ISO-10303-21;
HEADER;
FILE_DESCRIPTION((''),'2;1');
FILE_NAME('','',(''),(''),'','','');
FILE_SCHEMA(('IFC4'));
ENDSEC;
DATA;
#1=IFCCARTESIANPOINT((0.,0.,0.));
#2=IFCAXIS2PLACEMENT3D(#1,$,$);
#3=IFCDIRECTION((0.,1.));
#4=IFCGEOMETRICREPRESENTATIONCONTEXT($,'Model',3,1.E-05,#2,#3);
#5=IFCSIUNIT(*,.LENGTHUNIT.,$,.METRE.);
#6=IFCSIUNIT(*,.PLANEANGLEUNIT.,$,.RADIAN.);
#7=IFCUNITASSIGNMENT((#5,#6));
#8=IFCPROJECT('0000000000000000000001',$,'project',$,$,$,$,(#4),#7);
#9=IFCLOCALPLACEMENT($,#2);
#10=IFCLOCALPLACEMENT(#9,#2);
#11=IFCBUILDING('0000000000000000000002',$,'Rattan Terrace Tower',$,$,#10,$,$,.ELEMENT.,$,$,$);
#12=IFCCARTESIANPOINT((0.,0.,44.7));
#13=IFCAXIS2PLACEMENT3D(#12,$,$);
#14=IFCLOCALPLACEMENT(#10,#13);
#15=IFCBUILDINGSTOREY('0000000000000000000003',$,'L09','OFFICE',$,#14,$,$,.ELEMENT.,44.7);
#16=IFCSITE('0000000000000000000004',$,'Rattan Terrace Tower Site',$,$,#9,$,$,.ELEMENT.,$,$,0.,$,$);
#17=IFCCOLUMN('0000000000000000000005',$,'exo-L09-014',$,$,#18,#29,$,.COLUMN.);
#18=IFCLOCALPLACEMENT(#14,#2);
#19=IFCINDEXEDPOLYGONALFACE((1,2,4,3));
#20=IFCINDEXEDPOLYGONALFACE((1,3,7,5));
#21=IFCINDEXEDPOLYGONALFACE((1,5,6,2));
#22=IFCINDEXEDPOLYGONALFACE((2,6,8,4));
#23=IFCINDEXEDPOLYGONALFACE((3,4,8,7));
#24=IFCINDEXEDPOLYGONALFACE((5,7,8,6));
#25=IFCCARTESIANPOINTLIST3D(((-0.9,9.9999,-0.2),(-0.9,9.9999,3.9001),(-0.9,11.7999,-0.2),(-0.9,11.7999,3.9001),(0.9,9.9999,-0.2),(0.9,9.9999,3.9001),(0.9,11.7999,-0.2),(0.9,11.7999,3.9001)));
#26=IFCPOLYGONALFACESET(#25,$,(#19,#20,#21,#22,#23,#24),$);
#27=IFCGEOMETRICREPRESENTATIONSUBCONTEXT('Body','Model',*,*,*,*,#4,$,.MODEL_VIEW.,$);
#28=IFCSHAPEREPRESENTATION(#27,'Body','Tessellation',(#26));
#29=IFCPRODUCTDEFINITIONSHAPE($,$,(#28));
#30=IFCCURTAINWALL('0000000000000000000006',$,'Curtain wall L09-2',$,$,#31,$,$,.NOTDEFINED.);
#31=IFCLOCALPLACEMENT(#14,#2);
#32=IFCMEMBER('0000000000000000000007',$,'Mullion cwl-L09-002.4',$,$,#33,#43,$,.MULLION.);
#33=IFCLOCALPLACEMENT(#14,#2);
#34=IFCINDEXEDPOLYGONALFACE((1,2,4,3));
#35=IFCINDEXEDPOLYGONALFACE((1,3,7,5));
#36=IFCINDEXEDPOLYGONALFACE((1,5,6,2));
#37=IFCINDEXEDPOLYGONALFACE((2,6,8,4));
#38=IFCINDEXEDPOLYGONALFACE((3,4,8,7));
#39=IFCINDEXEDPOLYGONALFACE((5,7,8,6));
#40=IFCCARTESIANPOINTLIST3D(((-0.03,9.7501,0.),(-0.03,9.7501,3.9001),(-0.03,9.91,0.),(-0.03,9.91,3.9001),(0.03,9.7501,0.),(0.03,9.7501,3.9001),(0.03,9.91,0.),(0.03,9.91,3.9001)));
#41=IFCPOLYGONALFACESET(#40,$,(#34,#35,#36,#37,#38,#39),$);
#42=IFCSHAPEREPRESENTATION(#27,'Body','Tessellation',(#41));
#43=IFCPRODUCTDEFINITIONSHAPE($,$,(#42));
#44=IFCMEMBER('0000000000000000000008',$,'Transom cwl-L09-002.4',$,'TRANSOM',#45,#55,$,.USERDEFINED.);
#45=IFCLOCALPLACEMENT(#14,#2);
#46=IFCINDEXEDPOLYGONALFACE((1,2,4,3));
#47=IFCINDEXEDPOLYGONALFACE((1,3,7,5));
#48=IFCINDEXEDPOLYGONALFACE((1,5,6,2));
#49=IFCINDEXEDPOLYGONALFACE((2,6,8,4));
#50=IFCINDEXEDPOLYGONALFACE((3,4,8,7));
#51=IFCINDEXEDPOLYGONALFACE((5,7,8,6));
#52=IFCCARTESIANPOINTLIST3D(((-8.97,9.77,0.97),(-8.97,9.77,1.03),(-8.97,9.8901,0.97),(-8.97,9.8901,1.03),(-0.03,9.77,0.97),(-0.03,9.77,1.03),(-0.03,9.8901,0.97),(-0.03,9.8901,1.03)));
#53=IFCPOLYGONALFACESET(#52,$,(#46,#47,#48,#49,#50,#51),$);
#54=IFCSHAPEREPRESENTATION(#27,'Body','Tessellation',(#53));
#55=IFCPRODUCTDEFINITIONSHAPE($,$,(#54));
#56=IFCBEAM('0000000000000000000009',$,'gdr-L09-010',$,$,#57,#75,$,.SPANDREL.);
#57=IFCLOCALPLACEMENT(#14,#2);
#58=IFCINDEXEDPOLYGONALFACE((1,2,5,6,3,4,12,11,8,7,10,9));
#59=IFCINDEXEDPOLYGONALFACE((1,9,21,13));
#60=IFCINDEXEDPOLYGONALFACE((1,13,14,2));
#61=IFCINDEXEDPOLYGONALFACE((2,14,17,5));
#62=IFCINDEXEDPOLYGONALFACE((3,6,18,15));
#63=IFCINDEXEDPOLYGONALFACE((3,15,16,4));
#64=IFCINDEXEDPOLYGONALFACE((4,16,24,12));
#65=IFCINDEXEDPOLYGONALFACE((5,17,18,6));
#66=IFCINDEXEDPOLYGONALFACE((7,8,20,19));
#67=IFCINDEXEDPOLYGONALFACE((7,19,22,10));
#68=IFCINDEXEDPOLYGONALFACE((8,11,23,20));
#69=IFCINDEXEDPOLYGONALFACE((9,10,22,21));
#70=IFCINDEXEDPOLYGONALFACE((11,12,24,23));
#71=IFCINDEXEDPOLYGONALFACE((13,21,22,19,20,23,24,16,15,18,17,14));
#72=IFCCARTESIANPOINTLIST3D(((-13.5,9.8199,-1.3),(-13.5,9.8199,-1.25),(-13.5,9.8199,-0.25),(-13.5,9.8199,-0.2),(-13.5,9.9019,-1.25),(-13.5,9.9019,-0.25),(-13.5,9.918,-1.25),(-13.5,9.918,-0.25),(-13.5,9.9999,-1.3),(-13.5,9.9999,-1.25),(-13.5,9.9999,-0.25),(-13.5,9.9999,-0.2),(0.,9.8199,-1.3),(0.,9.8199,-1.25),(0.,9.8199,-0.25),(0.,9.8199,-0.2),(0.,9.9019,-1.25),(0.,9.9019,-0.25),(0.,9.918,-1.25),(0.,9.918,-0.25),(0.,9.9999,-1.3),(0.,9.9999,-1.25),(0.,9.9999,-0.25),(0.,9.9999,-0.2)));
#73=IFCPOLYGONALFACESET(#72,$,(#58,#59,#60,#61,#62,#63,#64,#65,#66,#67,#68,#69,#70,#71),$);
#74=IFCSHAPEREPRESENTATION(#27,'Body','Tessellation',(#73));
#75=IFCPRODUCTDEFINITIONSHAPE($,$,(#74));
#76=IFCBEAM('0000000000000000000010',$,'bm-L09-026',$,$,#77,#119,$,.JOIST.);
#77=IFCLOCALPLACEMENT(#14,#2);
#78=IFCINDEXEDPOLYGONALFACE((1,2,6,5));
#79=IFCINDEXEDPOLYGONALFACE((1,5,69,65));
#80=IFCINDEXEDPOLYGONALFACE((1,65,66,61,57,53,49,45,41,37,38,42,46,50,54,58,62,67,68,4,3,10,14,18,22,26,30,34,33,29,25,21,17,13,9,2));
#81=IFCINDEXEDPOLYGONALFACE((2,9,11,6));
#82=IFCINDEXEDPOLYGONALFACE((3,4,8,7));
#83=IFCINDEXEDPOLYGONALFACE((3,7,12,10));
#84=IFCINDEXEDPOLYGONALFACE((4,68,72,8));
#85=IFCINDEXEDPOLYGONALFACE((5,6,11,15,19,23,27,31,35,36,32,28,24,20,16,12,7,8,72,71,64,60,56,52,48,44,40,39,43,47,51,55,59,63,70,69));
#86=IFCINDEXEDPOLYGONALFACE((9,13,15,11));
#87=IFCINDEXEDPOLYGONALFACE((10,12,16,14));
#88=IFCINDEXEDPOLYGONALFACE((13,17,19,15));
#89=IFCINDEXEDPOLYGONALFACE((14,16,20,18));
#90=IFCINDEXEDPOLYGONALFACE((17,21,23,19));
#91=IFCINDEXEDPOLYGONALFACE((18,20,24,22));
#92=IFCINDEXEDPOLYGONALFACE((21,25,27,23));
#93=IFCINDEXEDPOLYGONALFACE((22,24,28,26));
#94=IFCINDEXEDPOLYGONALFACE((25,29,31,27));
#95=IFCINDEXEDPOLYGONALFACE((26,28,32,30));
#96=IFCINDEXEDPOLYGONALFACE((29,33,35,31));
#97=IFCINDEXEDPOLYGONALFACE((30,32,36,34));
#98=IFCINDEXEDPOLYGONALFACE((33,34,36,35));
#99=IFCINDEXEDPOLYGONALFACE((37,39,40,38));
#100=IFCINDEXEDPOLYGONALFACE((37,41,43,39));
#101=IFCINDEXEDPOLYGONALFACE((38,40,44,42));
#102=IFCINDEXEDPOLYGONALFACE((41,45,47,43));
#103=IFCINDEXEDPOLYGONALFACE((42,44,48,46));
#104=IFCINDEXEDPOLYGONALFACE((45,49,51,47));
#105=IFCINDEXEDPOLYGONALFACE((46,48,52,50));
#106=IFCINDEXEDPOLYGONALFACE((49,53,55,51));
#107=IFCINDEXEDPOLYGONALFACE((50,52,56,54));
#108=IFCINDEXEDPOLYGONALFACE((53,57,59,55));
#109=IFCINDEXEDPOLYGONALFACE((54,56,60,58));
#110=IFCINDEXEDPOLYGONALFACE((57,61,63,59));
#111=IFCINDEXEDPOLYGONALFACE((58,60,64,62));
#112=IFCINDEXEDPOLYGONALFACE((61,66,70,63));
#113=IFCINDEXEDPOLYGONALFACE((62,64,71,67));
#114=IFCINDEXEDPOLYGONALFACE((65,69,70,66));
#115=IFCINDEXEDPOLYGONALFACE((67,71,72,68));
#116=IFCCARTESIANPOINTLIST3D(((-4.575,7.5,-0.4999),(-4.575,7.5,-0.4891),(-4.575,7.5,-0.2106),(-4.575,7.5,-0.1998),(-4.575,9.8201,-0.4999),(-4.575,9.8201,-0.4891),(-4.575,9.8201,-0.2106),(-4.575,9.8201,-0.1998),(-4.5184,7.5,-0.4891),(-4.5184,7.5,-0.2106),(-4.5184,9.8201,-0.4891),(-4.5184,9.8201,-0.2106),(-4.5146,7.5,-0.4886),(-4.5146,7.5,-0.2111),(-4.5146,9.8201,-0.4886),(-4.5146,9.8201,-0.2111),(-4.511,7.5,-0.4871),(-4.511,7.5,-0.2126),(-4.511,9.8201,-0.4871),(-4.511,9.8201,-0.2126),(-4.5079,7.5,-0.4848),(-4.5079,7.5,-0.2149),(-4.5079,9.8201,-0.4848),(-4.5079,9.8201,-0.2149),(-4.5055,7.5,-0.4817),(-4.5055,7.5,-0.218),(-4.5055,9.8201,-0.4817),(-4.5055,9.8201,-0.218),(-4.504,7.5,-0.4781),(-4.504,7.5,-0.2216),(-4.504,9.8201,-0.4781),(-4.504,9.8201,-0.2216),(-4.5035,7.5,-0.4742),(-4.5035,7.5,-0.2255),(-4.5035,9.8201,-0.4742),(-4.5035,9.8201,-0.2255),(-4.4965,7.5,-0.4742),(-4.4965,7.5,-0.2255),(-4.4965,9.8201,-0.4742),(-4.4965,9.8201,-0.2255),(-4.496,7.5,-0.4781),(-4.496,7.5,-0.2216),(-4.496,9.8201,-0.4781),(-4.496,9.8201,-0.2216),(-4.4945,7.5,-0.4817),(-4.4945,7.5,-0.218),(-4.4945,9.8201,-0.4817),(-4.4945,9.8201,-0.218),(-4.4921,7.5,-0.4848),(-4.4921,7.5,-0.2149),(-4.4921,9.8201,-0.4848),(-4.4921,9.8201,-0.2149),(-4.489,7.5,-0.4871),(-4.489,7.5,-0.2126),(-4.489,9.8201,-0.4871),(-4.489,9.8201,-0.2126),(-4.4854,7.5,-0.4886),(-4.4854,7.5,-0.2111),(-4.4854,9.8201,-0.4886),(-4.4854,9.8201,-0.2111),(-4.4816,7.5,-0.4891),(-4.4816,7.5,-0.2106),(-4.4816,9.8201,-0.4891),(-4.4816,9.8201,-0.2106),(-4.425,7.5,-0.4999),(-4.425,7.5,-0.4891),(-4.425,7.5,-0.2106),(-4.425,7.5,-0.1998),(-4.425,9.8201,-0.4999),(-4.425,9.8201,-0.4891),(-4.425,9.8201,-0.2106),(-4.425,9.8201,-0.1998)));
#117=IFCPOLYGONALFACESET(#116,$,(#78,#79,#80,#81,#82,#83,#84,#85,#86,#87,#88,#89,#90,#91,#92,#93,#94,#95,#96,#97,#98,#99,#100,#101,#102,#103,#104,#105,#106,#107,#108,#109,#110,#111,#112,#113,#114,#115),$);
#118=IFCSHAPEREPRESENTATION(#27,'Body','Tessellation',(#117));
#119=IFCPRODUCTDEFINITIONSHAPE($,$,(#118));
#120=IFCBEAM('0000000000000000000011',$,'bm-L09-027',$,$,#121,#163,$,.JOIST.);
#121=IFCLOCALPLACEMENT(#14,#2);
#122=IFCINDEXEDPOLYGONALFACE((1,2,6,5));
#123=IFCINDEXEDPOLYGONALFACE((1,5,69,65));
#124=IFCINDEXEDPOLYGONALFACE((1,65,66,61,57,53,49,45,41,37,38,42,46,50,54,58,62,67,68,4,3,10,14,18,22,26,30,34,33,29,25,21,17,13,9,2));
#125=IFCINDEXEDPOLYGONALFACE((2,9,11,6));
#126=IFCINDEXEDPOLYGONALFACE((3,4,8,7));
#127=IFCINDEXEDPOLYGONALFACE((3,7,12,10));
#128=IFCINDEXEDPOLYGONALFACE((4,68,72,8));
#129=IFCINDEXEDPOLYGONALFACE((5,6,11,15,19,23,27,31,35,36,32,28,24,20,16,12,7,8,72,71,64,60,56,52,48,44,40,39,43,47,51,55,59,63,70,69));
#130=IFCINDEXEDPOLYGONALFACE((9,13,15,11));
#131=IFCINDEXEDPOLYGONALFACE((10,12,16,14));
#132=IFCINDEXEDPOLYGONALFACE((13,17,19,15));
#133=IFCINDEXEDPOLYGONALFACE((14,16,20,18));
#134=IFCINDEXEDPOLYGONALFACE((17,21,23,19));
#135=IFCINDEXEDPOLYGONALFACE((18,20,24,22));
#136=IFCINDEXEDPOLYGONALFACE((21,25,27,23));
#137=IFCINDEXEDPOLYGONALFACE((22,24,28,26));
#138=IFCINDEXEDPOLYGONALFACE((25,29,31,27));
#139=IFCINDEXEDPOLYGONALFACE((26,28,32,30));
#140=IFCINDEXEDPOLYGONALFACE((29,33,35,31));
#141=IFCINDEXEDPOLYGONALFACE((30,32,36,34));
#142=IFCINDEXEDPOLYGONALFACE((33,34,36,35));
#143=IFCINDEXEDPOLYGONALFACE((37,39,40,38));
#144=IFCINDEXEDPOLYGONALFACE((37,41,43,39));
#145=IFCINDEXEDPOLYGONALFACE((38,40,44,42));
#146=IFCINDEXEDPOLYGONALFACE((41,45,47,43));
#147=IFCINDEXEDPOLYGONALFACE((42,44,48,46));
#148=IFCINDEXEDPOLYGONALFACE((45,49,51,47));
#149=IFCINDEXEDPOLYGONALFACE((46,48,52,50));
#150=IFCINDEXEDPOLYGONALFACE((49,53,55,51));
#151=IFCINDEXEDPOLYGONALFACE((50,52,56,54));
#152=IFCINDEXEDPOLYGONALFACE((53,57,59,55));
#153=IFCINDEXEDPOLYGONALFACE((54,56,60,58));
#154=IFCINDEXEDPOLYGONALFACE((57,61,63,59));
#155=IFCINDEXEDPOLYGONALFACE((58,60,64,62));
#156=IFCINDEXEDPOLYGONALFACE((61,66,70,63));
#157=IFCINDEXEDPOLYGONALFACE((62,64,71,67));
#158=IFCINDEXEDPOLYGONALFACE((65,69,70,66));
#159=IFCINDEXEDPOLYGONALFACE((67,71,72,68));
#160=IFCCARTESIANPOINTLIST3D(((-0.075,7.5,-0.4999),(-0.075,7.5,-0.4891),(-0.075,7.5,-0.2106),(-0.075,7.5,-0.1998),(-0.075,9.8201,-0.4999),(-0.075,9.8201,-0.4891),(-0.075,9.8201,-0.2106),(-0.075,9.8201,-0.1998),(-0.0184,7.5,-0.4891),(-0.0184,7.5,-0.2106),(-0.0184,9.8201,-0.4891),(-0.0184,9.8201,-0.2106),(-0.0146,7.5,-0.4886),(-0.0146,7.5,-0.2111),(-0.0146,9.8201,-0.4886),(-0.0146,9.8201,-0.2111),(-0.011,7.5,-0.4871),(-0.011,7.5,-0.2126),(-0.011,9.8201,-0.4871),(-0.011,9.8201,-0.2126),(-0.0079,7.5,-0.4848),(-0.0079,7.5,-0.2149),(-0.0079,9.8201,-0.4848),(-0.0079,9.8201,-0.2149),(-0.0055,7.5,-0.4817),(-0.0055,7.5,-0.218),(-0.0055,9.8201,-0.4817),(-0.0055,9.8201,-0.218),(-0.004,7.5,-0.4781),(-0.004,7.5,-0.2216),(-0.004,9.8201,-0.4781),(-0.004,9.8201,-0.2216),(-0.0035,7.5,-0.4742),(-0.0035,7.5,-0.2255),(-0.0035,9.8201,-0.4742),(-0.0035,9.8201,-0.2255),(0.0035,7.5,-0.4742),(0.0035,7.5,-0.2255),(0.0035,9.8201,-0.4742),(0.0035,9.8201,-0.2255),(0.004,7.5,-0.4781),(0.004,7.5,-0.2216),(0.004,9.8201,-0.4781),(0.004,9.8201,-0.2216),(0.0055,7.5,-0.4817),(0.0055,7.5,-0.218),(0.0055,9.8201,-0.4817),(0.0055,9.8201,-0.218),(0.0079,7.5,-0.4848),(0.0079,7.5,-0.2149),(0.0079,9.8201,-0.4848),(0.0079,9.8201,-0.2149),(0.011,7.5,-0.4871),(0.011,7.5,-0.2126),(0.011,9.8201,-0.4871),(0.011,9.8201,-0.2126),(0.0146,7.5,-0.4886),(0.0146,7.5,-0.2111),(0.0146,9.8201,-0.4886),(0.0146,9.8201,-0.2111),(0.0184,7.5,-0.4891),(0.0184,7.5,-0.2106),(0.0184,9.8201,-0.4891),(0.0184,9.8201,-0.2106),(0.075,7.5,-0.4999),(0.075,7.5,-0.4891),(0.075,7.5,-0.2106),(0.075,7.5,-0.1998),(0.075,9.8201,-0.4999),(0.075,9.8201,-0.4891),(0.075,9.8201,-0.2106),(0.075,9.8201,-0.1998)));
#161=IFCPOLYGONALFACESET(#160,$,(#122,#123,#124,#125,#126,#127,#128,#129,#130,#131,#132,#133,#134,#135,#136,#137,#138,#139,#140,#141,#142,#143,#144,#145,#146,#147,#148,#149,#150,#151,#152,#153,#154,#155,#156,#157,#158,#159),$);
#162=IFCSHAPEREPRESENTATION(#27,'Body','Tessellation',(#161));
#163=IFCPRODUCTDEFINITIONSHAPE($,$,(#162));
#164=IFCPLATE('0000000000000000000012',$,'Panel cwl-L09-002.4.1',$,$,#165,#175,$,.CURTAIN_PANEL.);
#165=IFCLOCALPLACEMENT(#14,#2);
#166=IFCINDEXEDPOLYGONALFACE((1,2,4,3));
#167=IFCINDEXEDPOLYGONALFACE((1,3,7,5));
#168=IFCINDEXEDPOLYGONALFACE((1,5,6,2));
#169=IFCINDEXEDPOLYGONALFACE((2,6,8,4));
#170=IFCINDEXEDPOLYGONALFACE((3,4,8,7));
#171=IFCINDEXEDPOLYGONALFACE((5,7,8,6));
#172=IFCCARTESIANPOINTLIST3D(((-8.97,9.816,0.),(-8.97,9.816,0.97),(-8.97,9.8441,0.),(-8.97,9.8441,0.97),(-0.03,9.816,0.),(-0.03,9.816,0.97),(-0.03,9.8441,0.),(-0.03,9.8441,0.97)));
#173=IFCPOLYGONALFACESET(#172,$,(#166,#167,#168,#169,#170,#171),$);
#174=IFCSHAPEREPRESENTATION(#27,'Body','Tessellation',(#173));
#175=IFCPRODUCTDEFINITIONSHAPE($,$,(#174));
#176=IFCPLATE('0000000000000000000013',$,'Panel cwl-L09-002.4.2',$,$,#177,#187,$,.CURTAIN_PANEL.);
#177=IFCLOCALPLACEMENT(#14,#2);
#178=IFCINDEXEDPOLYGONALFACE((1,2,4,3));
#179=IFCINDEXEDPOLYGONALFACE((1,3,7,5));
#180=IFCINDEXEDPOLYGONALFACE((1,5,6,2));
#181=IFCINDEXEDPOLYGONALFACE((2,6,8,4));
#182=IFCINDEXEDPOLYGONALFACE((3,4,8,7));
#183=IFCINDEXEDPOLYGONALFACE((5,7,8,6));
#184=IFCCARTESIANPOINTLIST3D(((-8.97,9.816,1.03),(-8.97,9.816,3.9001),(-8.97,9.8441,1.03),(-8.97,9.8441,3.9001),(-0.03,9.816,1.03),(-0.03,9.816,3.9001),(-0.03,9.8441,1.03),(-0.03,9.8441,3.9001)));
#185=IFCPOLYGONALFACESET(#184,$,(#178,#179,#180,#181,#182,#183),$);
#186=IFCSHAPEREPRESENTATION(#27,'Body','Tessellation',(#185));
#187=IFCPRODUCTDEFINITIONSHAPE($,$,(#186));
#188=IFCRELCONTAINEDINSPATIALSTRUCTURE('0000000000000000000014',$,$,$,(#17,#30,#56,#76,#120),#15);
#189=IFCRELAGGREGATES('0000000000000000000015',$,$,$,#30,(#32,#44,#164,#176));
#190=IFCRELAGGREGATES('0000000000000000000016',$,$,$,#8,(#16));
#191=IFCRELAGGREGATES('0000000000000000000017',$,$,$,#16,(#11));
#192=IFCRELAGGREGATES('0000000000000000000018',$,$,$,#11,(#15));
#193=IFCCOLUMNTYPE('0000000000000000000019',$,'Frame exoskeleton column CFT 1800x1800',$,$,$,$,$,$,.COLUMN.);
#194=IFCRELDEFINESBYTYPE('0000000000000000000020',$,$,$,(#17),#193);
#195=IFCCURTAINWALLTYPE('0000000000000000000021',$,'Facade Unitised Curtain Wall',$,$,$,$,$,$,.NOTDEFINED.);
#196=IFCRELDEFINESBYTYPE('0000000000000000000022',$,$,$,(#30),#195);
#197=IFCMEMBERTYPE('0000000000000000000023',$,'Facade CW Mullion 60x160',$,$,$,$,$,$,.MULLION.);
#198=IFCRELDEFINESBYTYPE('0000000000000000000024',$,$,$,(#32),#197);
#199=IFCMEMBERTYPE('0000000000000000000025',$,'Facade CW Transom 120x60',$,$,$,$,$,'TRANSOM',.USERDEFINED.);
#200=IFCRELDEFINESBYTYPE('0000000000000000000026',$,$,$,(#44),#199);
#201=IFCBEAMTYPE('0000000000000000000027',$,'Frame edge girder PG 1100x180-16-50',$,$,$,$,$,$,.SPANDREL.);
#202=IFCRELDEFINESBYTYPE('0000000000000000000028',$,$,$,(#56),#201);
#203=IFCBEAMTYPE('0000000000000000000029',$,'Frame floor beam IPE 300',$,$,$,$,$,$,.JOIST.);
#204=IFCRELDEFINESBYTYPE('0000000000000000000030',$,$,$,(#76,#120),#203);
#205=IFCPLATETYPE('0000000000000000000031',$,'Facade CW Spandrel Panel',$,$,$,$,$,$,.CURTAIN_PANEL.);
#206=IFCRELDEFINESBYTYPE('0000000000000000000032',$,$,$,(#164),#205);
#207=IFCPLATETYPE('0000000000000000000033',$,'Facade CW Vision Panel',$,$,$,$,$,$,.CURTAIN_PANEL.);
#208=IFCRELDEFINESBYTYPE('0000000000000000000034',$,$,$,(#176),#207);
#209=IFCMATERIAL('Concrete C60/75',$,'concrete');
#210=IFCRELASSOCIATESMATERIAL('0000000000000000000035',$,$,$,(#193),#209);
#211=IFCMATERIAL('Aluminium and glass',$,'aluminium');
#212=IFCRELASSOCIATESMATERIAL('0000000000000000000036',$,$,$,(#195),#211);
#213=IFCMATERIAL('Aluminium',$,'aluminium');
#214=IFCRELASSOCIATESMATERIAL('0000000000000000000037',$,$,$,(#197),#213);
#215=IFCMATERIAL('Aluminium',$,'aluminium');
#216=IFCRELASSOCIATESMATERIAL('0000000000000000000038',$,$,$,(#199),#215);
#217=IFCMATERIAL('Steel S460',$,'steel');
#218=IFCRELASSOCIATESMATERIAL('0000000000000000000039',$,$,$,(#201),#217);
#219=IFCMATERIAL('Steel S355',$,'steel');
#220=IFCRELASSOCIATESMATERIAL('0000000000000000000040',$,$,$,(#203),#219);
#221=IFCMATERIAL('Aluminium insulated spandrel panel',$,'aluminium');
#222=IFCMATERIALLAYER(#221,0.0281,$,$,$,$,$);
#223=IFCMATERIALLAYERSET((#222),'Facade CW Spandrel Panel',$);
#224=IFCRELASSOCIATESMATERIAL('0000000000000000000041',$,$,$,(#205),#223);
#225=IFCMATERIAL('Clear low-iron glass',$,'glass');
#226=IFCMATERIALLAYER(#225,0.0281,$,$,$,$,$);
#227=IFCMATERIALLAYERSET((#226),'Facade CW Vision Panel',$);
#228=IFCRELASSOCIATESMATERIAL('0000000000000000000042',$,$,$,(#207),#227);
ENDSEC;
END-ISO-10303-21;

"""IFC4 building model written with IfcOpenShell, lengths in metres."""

from ifc_helpers import new_model, si_unit, direction, frame, origin, origin_2d, place, context, subcontext, project, spatial, rectangle, i_section, extrude, material, layer, layer_set, material_profile, profile_set, type_object, element, aggregate, save


model = new_model("IFC4")

# Units and contexts
model_context = context("Model", 3, precision=1e-05, world=origin(), true_north=direction((0.0, 1.0)))
body_context = subcontext(model_context, "Body", "Model", "MODEL_VIEW")
ifc_project = project(units=[si_unit("LENGTHUNIT", "METRE"), si_unit("PLANEANGLEUNIT", "RADIAN")], contexts=[model_context])

# Site, building, storey
site_placement = place(None, origin())
site = spatial("IfcSite", under=ifc_project, at=site_placement, Name="Rattan Terrace Tower Site", CompositionType="ELEMENT", RefElevation=0.0)
building_placement = place(site_placement, origin())
building = spatial("IfcBuilding", under=site, at=building_placement, Name="Rattan Terrace Tower", CompositionType="ELEMENT")
storey_placement = place(building_placement, frame((0.0, 0.0, 44.7)))
storey = spatial("IfcBuildingStorey", under=building, at=storey_placement, Name="L09", Description="OFFICE", CompositionType="ELEMENT", Elevation=44.7)

# Column
ifc_material_1 = material(Name="Concrete C60/75", Category="concrete")
ifc_material_profile_1 = material_profile(ifc_material_1, rectangle(XDim=1.8, YDim=1.8, at=origin_2d()), Name="CFT 1800x1800")
ifc_profile_set_1 = profile_set([ifc_material_profile_1], Name="Concrete C60/75")
column_type = type_object("IfcColumnType", Name="Frame exoskeleton column CFT 1800x1800", PredefinedType="COLUMN", material=ifc_profile_set_1)
column_placement = place(storey_placement, frame((0.0, 10.8999, -0.2), z_axis=(0.0, 0.0, 1.0), x_axis=(1.0, 0.0, 0.0)))
element("IfcColumn", 1, at=column_placement, inside=storey, type_object=column_type, Name="exo-L09-014", PredefinedType="COLUMN", context=body_context, shape_type="SweptSolid", body=[
    extrude(rectangle(XDim=1.8, YDim=1.8, at=origin_2d()), origin(), (0.0, 0.0, 1.0), 4.1001),
])

# Curtain wall, members
ifc_material_2 = material(Name="Aluminium and glass", Category="aluminium")
curtain_wall_type = type_object("IfcCurtainWallType", Name="Facade Unitised Curtain Wall", PredefinedType="NOTDEFINED", material=ifc_material_2)
curtain_wall_placement = place(storey_placement, origin())
curtain_wall = element("IfcCurtainWall", 2, at=curtain_wall_placement, inside=storey, type_object=curtain_wall_type, Name="Curtain wall L09-2", PredefinedType="NOTDEFINED")
ifc_material_3 = material(Name="Aluminium", Category="aluminium")
ifc_material_profile_2 = material_profile(ifc_material_3, rectangle(XDim=0.0601, YDim=0.1599, at=origin_2d()), Name="Aluminium 60x160")
ifc_profile_set_2 = profile_set([ifc_material_profile_2], Name="Aluminium")
member_type_1 = type_object("IfcMemberType", Name="Facade CW Mullion 60x160", PredefinedType="MULLION", material=ifc_profile_set_2)
member_1_placement = place(storey_placement, frame((0.0, 9.8301, 0.0), z_axis=(0.0, 0.0, 1.0), x_axis=(-1.0, 0.0, 0.0)))
member_1 = element("IfcMember", 3, at=member_1_placement, type_object=member_type_1, Name="Mullion cwl-L09-002.4", PredefinedType="MULLION", context=body_context, shape_type="SweptSolid", body=[
    extrude(rectangle(XDim=0.0601, YDim=0.1599, at=origin_2d()), origin(), (0.0, 0.0, 1.0), 3.9001),
])
ifc_material_4 = material(Name="Aluminium", Category="aluminium")
ifc_material_profile_3 = material_profile(ifc_material_4, rectangle(XDim=0.1201, YDim=0.0601, at=origin_2d()), Name="Aluminium 120x60")
ifc_profile_set_3 = profile_set([ifc_material_profile_3], Name="Aluminium")
member_type_2 = type_object("IfcMemberType", Name="Facade CW Transom 120x60", ElementType="TRANSOM", PredefinedType="USERDEFINED", material=ifc_profile_set_3)
member_2_placement = place(storey_placement, frame((-0.03, 9.8301, 1.0), z_axis=(-1.0, 0.0, 0.0), x_axis=(0.0, -1.0, 0.0)))
member_2 = element("IfcMember", 4, at=member_2_placement, type_object=member_type_2, Name="Transom cwl-L09-002.4", ObjectType="TRANSOM", PredefinedType="USERDEFINED", context=body_context, shape_type="SweptSolid", body=[
    extrude(rectangle(XDim=0.1201, YDim=0.0601, at=origin_2d()), origin(), (0.0, 0.0, 1.0), 8.9399),
])

# Beams
ifc_material_5 = material(Name="Steel S460", Category="steel")
ifc_material_profile_4 = material_profile(ifc_material_5, i_section(OverallWidth=0.1799, OverallDepth=1.1001, WebThickness=0.0161, FlangeThickness=0.05, at=origin_2d()), Name="PG 1100x180-16-50")
ifc_profile_set_4 = profile_set([ifc_material_profile_4], Name="Steel S460")
beam_type_1 = type_object("IfcBeamType", Name="Frame edge girder PG 1100x180-16-50", PredefinedType="SPANDREL", material=ifc_profile_set_4)
beam_placement = place(storey_placement, frame((0.0, 9.9099, -0.75), z_axis=(-1.0, 0.0, 0.0), x_axis=(0.0, -1.0, 0.0)))
element("IfcBeam", 5, at=beam_placement, inside=storey, type_object=beam_type_1, Name="gdr-L09-010", PredefinedType="SPANDREL", context=body_context, shape_type="SweptSolid", body=[
    extrude(i_section(OverallWidth=0.1799, OverallDepth=1.1001, WebThickness=0.0161, FlangeThickness=0.05, at=origin_2d()), origin(), (0.0, 0.0, 1.0), 13.5),
])
ifc_material_6 = material(Name="Steel S355", Category="steel")
ifc_material_profile_5 = material_profile(ifc_material_6, i_section(OverallWidth=0.1499, OverallDepth=0.3, WebThickness=0.0071, FlangeThickness=0.0107, FilletRadius=0.0149, at=origin_2d()), Name="IPE 300")
ifc_profile_set_5 = profile_set([ifc_material_profile_5], Name="Steel S355")
beam_type_2 = type_object("IfcBeamType", Name="Frame floor beam IPE 300", PredefinedType="JOIST", material=ifc_profile_set_5)
for number, where, z_axis, x_axis, name in (
    (6, (-4.5, 7.5, -0.3499), (0.0, 1.0, 0.0), (-1.0, 0.0, 0.0), "bm-L09-026"),
    (7, (0.0, 7.5, -0.3499), (0.0, 1.0, 0.0), (-1.0, 0.0, 0.0), "bm-L09-027"),
):
    element("IfcBeam", number, at=place(storey_placement, frame(where, z_axis=z_axis, x_axis=x_axis)), inside=storey, type_object=beam_type_2, Name=name, PredefinedType="JOIST", context=body_context, shape_type="SweptSolid", body=[
        extrude(i_section(OverallWidth=0.1499, OverallDepth=0.3, WebThickness=0.0071, FlangeThickness=0.0107, FilletRadius=0.0149, at=origin_2d()), origin(), (0.0, 0.0, 1.0), 2.3201),
    ])

# Plates
ifc_material_7 = material(Name="Aluminium insulated spandrel panel", Category="aluminium")
ifc_layer_1 = layer(ifc_material_7, 0.0281)
ifc_layer_set_1 = layer_set([ifc_layer_1], Name="Facade CW Spandrel Panel")
plate_type_1 = type_object("IfcPlateType", Name="Facade CW Spandrel Panel", PredefinedType="CURTAIN_PANEL", material=ifc_layer_set_1)
plate_1_placement = place(storey_placement, frame((-4.5, 9.8301, 0.0), z_axis=(0.0, 0.0, 1.0), x_axis=(-1.0, 0.0, 0.0)))
plate_1 = element("IfcPlate", 8, at=plate_1_placement, type_object=plate_type_1, Name="Panel cwl-L09-002.4.1", PredefinedType="CURTAIN_PANEL", context=body_context, shape_type="SweptSolid", body=[
    extrude(rectangle(XDim=8.9399, YDim=0.0281, at=origin_2d()), origin(), (0.0, 0.0, 1.0), 0.97),
])
ifc_material_8 = material(Name="Clear low-iron glass", Category="glass")
ifc_layer_2 = layer(ifc_material_8, 0.0281)
ifc_layer_set_2 = layer_set([ifc_layer_2], Name="Facade CW Vision Panel")
plate_type_2 = type_object("IfcPlateType", Name="Facade CW Vision Panel", PredefinedType="CURTAIN_PANEL", material=ifc_layer_set_2)
plate_2_placement = place(storey_placement, frame((-4.5, 9.8301, 1.03), z_axis=(0.0, 0.0, 1.0), x_axis=(-1.0, 0.0, 0.0)))
plate_2 = element("IfcPlate", 9, at=plate_2_placement, type_object=plate_type_2, Name="Panel cwl-L09-002.4.2", PredefinedType="CURTAIN_PANEL", context=body_context, shape_type="SweptSolid", body=[
    extrude(rectangle(XDim=8.9399, YDim=0.0281, at=origin_2d()), origin(), (0.0, 0.0, 1.0), 2.8701),
])
aggregate(curtain_wall, [member_1, member_2, plate_1, plate_2])

save(model, "model.ifc")
